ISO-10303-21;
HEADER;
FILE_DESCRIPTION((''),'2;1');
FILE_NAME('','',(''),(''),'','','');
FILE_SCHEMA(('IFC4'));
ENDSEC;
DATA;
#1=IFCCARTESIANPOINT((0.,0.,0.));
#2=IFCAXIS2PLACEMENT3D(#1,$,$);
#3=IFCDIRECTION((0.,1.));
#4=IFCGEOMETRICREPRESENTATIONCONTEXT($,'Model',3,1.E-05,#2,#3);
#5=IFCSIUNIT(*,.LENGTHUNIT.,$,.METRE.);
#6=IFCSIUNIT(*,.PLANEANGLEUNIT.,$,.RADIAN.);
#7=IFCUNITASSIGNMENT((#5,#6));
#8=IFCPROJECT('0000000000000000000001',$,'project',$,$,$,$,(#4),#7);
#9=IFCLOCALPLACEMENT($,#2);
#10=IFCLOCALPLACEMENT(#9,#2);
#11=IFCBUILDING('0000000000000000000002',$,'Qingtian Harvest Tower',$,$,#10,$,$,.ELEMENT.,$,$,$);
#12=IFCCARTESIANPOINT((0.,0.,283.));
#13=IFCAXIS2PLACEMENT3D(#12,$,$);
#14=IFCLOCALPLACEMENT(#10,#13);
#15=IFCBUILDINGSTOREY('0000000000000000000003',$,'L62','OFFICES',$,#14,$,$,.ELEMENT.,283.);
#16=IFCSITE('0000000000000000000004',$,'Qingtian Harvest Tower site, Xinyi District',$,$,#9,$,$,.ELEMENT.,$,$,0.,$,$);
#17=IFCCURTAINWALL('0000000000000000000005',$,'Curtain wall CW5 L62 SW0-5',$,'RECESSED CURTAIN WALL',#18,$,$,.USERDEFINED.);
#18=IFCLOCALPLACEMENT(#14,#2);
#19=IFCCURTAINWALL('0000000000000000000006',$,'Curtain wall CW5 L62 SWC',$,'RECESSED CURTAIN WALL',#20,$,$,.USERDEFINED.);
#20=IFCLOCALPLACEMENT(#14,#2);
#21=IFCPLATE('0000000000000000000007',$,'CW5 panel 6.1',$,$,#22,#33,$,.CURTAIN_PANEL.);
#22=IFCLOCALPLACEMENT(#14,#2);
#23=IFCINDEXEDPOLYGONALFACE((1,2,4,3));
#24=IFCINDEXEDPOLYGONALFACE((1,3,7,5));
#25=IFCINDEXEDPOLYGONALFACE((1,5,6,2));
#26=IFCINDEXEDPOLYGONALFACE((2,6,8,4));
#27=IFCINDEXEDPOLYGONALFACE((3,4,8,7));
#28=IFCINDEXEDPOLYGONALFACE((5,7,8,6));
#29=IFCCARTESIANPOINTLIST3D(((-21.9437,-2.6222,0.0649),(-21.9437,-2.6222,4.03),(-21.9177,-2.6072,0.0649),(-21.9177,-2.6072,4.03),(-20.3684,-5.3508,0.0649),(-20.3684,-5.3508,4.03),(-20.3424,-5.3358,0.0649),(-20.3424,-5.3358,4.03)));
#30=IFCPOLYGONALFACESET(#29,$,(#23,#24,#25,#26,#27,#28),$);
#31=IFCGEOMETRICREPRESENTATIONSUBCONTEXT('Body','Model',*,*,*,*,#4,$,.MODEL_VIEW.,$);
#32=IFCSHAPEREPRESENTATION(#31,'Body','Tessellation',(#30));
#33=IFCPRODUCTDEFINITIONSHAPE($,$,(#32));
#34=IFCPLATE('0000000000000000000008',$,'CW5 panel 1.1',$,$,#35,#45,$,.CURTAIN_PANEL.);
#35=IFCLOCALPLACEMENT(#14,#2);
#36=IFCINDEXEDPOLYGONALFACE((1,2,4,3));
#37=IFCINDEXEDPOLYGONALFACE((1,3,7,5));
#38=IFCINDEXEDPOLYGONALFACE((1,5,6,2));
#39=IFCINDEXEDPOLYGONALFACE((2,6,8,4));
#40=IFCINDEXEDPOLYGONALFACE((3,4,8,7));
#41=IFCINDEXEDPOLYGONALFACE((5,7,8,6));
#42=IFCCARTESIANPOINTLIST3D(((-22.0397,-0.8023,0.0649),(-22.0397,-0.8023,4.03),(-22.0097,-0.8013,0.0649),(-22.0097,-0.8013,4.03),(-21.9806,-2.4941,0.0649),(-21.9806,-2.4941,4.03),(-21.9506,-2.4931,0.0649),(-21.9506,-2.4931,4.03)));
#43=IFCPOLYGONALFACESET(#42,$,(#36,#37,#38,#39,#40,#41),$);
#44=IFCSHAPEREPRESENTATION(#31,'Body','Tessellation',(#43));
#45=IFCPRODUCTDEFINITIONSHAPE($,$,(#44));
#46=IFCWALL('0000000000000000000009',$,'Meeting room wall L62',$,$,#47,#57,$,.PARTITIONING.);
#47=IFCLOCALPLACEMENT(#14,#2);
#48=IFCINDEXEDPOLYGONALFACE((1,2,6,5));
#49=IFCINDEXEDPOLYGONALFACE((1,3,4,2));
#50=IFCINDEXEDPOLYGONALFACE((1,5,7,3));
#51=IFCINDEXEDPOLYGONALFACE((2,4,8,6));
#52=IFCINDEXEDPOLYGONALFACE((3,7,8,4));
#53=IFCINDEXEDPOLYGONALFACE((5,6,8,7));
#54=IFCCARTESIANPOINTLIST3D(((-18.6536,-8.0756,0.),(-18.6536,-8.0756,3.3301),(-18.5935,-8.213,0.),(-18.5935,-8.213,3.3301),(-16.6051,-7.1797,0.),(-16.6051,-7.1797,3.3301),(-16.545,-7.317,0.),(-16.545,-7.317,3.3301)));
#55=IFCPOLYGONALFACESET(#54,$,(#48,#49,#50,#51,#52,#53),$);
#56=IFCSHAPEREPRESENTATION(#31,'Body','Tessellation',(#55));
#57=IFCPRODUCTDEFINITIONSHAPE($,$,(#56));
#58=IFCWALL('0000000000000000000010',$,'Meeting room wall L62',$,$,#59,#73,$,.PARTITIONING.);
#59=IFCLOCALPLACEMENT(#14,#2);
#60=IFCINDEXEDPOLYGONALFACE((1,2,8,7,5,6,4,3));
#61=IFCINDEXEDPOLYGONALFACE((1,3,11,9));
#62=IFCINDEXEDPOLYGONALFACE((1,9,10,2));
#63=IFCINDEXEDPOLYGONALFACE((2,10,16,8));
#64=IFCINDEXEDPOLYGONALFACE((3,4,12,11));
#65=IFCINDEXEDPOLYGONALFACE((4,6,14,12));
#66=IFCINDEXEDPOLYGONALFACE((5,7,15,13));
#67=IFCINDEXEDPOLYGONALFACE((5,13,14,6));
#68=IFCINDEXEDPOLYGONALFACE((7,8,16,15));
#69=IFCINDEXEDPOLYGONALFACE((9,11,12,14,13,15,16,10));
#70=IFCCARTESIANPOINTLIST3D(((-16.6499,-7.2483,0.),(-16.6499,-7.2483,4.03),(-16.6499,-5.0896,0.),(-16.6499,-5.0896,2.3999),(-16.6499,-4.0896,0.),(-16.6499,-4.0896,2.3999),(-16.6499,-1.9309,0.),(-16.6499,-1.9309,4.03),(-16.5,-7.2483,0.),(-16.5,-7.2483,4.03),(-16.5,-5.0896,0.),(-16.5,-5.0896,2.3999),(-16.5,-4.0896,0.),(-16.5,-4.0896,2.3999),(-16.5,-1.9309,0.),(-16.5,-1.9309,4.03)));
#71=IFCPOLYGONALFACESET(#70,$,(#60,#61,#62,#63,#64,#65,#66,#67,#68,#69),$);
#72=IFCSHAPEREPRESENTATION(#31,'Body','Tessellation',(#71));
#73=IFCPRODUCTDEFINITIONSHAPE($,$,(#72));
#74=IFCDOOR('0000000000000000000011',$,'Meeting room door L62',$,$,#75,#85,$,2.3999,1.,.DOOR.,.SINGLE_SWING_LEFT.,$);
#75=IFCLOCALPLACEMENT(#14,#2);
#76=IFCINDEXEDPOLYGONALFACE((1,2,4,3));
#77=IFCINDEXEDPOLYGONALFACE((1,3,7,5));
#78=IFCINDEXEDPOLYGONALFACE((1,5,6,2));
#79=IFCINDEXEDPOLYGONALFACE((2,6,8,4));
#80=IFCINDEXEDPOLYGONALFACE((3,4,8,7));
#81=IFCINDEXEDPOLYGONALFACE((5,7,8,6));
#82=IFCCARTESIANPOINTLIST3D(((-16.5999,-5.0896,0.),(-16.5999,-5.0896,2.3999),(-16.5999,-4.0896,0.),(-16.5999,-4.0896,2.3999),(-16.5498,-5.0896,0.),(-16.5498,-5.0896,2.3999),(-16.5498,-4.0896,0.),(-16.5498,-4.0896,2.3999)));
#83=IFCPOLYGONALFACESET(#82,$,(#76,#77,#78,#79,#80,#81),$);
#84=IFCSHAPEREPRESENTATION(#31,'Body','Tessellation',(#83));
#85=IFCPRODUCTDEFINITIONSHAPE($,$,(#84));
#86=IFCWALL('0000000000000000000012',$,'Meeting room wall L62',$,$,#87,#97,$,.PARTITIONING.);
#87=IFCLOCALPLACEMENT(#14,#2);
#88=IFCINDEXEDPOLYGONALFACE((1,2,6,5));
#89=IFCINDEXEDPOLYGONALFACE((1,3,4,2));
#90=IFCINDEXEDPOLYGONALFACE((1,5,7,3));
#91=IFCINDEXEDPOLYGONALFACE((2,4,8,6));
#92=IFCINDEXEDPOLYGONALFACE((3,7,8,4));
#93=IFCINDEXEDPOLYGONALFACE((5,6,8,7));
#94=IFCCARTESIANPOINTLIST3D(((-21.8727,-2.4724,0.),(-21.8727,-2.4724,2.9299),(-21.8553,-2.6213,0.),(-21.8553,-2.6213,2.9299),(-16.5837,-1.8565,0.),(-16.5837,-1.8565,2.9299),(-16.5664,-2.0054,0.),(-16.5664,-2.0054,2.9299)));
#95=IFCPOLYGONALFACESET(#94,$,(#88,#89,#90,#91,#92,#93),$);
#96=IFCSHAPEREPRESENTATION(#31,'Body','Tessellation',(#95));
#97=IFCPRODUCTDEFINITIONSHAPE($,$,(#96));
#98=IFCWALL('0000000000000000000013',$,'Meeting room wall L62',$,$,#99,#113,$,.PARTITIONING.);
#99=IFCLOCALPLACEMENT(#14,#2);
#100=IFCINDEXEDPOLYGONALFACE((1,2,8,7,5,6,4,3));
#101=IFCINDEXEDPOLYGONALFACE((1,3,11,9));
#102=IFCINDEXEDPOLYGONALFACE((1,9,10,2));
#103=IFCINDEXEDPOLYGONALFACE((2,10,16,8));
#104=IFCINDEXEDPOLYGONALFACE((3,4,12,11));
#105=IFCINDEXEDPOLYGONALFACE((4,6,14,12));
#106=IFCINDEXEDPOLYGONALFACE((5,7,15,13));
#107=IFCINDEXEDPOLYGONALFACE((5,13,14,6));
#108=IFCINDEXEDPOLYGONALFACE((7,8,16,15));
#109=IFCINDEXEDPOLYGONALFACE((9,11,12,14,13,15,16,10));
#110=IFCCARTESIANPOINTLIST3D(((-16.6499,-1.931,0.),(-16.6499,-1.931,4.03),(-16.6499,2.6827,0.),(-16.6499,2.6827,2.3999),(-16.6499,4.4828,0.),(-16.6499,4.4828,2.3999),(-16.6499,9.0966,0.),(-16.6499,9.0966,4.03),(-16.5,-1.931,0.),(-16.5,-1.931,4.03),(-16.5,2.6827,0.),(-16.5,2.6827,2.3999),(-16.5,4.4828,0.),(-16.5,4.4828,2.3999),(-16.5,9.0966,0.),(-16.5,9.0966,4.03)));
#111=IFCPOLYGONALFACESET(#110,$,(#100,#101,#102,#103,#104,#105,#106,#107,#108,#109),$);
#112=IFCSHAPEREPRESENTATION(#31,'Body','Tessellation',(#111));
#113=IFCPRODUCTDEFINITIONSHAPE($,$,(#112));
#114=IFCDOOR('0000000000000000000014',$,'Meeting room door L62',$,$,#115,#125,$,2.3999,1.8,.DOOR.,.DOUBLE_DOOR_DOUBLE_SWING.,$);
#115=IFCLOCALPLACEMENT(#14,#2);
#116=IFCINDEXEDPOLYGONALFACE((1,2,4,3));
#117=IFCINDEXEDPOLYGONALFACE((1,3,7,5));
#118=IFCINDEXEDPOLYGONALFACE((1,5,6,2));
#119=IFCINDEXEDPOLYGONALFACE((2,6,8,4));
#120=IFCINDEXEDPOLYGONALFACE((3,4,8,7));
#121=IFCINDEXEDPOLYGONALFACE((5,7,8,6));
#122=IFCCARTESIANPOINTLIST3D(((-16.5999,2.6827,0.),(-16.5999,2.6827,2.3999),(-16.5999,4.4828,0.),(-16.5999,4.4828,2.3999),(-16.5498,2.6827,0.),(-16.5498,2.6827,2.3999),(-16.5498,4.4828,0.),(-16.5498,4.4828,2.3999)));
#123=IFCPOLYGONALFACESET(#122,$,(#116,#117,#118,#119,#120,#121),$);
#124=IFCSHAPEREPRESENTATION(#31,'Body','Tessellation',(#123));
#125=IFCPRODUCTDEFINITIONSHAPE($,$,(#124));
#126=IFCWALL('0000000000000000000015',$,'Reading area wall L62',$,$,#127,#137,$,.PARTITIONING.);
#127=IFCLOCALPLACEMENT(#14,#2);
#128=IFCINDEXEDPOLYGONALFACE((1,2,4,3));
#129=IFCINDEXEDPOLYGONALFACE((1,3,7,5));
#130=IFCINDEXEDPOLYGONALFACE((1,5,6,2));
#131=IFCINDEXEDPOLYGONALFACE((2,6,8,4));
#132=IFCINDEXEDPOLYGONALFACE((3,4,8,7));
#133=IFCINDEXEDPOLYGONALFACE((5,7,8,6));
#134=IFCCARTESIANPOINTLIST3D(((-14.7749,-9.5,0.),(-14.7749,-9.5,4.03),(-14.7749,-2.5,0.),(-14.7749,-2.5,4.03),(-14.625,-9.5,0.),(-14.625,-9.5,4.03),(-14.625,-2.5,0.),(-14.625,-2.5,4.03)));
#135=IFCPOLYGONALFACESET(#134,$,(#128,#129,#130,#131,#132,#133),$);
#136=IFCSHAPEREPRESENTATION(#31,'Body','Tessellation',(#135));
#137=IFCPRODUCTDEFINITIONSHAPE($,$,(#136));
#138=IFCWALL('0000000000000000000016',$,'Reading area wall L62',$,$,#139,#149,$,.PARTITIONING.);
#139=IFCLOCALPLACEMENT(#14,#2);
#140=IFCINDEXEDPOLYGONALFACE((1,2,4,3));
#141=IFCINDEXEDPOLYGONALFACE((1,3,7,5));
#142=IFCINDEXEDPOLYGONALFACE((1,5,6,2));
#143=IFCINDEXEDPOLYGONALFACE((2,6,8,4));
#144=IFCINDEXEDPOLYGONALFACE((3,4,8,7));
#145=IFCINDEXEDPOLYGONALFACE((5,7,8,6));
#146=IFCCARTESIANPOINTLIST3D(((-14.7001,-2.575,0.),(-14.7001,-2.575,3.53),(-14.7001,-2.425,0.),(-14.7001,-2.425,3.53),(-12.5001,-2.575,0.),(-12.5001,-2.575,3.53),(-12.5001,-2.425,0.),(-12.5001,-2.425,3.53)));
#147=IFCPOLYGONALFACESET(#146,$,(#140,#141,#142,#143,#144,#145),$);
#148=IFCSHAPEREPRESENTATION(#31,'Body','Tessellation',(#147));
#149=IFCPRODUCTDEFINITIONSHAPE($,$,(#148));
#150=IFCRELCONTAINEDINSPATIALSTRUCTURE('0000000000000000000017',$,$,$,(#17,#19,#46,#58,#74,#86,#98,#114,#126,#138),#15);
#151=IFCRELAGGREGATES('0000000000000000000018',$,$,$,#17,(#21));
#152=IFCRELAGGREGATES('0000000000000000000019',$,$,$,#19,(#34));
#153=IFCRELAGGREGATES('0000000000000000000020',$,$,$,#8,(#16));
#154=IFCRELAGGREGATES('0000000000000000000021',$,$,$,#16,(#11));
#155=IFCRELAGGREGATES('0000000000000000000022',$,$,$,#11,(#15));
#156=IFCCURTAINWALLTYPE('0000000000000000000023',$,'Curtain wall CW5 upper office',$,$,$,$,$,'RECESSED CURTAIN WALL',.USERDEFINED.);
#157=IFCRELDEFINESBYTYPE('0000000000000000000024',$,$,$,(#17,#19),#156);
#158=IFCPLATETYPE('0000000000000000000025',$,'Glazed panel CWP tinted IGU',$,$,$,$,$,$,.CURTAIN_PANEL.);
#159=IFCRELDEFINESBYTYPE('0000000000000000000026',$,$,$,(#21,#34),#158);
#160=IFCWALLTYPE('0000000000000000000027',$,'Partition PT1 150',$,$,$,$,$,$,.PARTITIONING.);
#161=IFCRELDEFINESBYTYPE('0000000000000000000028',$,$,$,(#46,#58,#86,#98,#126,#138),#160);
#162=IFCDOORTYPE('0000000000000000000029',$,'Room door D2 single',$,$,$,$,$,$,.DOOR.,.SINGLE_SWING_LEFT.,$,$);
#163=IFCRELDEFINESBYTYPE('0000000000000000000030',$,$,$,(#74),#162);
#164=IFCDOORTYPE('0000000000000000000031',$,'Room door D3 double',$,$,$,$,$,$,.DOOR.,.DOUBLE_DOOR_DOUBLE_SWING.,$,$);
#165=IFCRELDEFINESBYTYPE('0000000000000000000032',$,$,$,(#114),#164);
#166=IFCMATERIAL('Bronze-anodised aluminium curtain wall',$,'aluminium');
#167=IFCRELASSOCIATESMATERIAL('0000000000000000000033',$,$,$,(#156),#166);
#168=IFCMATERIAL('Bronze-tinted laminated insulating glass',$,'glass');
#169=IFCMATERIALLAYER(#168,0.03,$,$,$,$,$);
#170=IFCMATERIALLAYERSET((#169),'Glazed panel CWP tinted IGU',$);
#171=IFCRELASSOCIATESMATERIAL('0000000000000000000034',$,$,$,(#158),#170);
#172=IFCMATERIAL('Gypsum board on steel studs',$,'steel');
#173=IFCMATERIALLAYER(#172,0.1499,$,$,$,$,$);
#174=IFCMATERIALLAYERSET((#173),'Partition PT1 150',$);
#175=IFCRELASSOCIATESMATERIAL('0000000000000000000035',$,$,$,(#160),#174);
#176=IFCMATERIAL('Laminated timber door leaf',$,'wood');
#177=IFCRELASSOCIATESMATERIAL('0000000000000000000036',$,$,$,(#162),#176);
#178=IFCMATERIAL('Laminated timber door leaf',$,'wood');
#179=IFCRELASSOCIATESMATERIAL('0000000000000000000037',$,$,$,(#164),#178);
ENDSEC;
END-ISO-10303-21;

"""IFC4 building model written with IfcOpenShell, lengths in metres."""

from ifc_helpers import new_model, si_unit, direction, frame, frame_2d, origin, origin_2d, place, context, subcontext, project, spatial, rectangle, extrude, material, layer, layer_set, type_object, element, fill, aggregate, save


model = new_model("IFC4")

# Units and contexts
model_context = context("Model", 3, precision=1e-05, world=origin(), true_north=direction((0.0, 1.0)))
body_context = subcontext(model_context, "Body", "Model", "MODEL_VIEW")
ifc_project = project(units=[si_unit("LENGTHUNIT", "METRE"), si_unit("PLANEANGLEUNIT", "RADIAN")], contexts=[model_context])

# Site, building, storey
site_placement = place(None, origin())
site = spatial("IfcSite", under=ifc_project, at=site_placement, Name="Qingtian Harvest Tower site, Xinyi District", CompositionType="ELEMENT", RefElevation=0.0)
building_placement = place(site_placement, origin())
building = spatial("IfcBuilding", under=site, at=building_placement, Name="Qingtian Harvest Tower", CompositionType="ELEMENT")
storey_placement = place(building_placement, frame((0.0, 0.0, 283.0)))
storey = spatial("IfcBuildingStorey", under=building, at=storey_placement, Name="L62", Description="OFFICES", CompositionType="ELEMENT", Elevation=283.0)

# Curtain walls
ifc_material_1 = material(Name="Bronze-anodised aluminium curtain wall", Category="aluminium")
curtain_wall_type = type_object("IfcCurtainWallType", Name="Curtain wall CW5 upper office", ElementType="RECESSED CURTAIN WALL", PredefinedType="USERDEFINED", material=ifc_material_1)
curtain_wall_1_placement = place(storey_placement, origin())
curtain_wall_1 = element("IfcCurtainWall", 1, at=curtain_wall_1_placement, inside=storey, type_object=curtain_wall_type, Name="Curtain wall CW5 L62 SW0-5", ObjectType="RECESSED CURTAIN WALL", PredefinedType="USERDEFINED")
curtain_wall_2_placement = place(storey_placement, origin())
curtain_wall_2 = element("IfcCurtainWall", 2, at=curtain_wall_2_placement, inside=storey, type_object=curtain_wall_type, Name="Curtain wall CW5 L62 SWC", ObjectType="RECESSED CURTAIN WALL", PredefinedType="USERDEFINED")

# Plates
ifc_material_2 = material(Name="Bronze-tinted laminated insulating glass", Category="glass")
ifc_layer_1 = layer(ifc_material_2, 0.03)
ifc_layer_set_1 = layer_set([ifc_layer_1], Name="Glazed panel CWP tinted IGU")
plate_type = type_object("IfcPlateType", Name="Glazed panel CWP tinted IGU", PredefinedType="CURTAIN_PANEL", material=ifc_layer_set_1)
plate_1_placement = place(storey_placement, frame((-21.1431, -3.979, 0.0649), z_axis=(0.0, 0.0, 1.0), x_axis=(-0.5, 0.866025, 0.0)))
plate_1 = element("IfcPlate", 3, at=plate_1_placement, type_object=plate_type, Name="CW5 panel 6.1", PredefinedType="CURTAIN_PANEL", context=body_context, shape_type="SweptSolid", body=[
    extrude(rectangle(XDim=3.1506, YDim=0.03, at=origin_2d()), origin(), (0.0, 0.0, 1.0), 3.9651),
])
aggregate(curtain_wall_1, [plate_1])
plate_2_placement = place(storey_placement, frame((-21.9951, -1.6477, 0.0649), z_axis=(0.0, 0.0, 1.0), x_axis=(-0.034899, 0.999391, 0.0)))
plate_2 = element("IfcPlate", 4, at=plate_2_placement, type_object=plate_type, Name="CW5 panel 1.1", PredefinedType="CURTAIN_PANEL", context=body_context, shape_type="SweptSolid", body=[
    extrude(rectangle(XDim=1.6929, YDim=0.03, at=origin_2d()), origin(), (0.0, 0.0, 1.0), 3.9651),
])
aggregate(curtain_wall_2, [plate_2])

# Wall
ifc_material_3 = material(Name="Gypsum board on steel studs", Category="steel")
ifc_layer_2 = layer(ifc_material_3, 0.1499)
ifc_layer_set_2 = layer_set([ifc_layer_2], Name="Partition PT1 150")
wall_type = type_object("IfcWallType", Name="Partition PT1 150", PredefinedType="PARTITIONING", material=ifc_layer_set_2)
wall_1_placement = place(storey_placement, frame((-18.6235, -8.1443, 0.0), z_axis=(0.0, 0.0, 1.0), x_axis=(0.9162, 0.400721, 0.0)))
element("IfcWall", 5, at=wall_1_placement, inside=storey, type_object=wall_type, Name="Meeting room wall L62", PredefinedType="PARTITIONING", context=body_context, shape_type="SweptSolid", body=[
    extrude(rectangle(XDim=2.2358, YDim=0.1499, at=frame_2d((1.1179, 0.0))), origin(), (0.0, 0.0, 1.0), 3.3301),
])

# Wall, opening, door
wall_2_placement = place(storey_placement, frame((-16.575, -7.2483, 0.0), z_axis=(0.0, 0.0, 1.0), x_axis=(0.0, 1.0, 0.0)))
wall_2 = element("IfcWall", 6, at=wall_2_placement, inside=storey, type_object=wall_type, Name="Meeting room wall L62", PredefinedType="PARTITIONING", context=body_context, shape_type="SweptSolid", body=[
    extrude(rectangle(XDim=5.3174, YDim=0.1499, at=frame_2d((2.6587, 0.0))), origin(), (0.0, 0.0, 1.0), 4.03),
])
opening_1_placement = place(wall_2_placement, frame((2.1587, 0.0, 0.0)))
opening_1 = element("IfcOpeningElement", 7, at=opening_1_placement, cuts=wall_2, PredefinedType="OPENING", context=body_context, shape_type="SweptSolid", body=[
    extrude(rectangle(XDim=1.0, YDim=2.3999, at=frame_2d((0.5, 1.2))), frame((0.0, 0.085, 0.0), z_axis=(0.0, -1.0, 0.0), x_axis=(1.0, 0.0, 0.0)), (0.0, 0.0, 1.0), 0.1699),
])
ifc_material_4 = material(Name="Laminated timber door leaf", Category="wood")
door_type_1 = type_object("IfcDoorType", Name="Room door D2 single", OperationType="SINGLE_SWING_LEFT", PredefinedType="DOOR", material=ifc_material_4)
door_1_placement = place(opening_1_placement, origin())
door_1 = element("IfcDoor", 8, at=door_1_placement, inside=storey, type_object=door_type_1, Name="Meeting room door L62", OperationType="SINGLE_SWING_LEFT", OverallHeight=2.3999, OverallWidth=1.0, PredefinedType="DOOR", context=body_context, shape_type="SweptSolid", body=[
    extrude(rectangle(XDim=1.0, YDim=2.3999, at=frame_2d((0.5, 1.2))), frame((0.0, 0.0249, 0.0), z_axis=(0.0, -1.0, 0.0), x_axis=(1.0, 0.0, 0.0)), (0.0, 0.0, 1.0), 0.05),
])
fill(opening_1, door_1)

# Wall
wall_3_placement = place(storey_placement, frame((-21.864, -2.5469, 0.0), z_axis=(0.0, 0.0, 1.0), x_axis=(0.993287, 0.115679, 0.0)))
element("IfcWall", 9, at=wall_3_placement, inside=storey, type_object=wall_type, Name="Meeting room wall L62", PredefinedType="PARTITIONING", context=body_context, shape_type="SweptSolid", body=[
    extrude(rectangle(XDim=5.3247, YDim=0.1499, at=frame_2d((2.6624, 0.0))), origin(), (0.0, 0.0, 1.0), 2.9299),
])

# Wall, opening, door
wall_4_placement = place(storey_placement, frame((-16.575, -1.9309, 0.0), z_axis=(0.0, 0.0, 1.0), x_axis=(0.0, 1.0, 0.0)))
wall_4 = element("IfcWall", 10, at=wall_4_placement, inside=storey, type_object=wall_type, Name="Meeting room wall L62", PredefinedType="PARTITIONING", context=body_context, shape_type="SweptSolid", body=[
    extrude(rectangle(XDim=11.0276, YDim=0.1499, at=frame_2d((5.5137, 0.0))), origin(), (0.0, 0.0, 1.0), 4.03),
])
opening_2_placement = place(wall_4_placement, frame((4.6138, 0.0, 0.0)))
opening_2 = element("IfcOpeningElement", 11, at=opening_2_placement, cuts=wall_4, PredefinedType="OPENING", context=body_context, shape_type="SweptSolid", body=[
    extrude(rectangle(XDim=1.8, YDim=2.3999, at=frame_2d((0.8999, 1.2))), frame((0.0, 0.085, 0.0), z_axis=(0.0, -1.0, 0.0), x_axis=(1.0, 0.0, 0.0)), (0.0, 0.0, 1.0), 0.1699),
])
ifc_material_5 = material(Name="Laminated timber door leaf", Category="wood")
door_type_2 = type_object("IfcDoorType", Name="Room door D3 double", OperationType="DOUBLE_DOOR_DOUBLE_SWING", PredefinedType="DOOR", material=ifc_material_5)
door_2_placement = place(opening_2_placement, origin())
door_2 = element("IfcDoor", 12, at=door_2_placement, inside=storey, type_object=door_type_2, Name="Meeting room door L62", OperationType="DOUBLE_DOOR_DOUBLE_SWING", OverallHeight=2.3999, OverallWidth=1.8, PredefinedType="DOOR", context=body_context, shape_type="SweptSolid", body=[
    extrude(rectangle(XDim=1.8, YDim=2.3999, at=frame_2d((0.8999, 1.2))), frame((0.0, 0.0249, 0.0), z_axis=(0.0, -1.0, 0.0), x_axis=(1.0, 0.0, 0.0)), (0.0, 0.0, 1.0), 0.05),
])
fill(opening_2, door_2)

# Walls
wall_5_placement = place(storey_placement, frame((-14.7, -9.5, 0.0), z_axis=(0.0, 0.0, 1.0), x_axis=(0.0, 1.0, 0.0)))
element("IfcWall", 13, at=wall_5_placement, inside=storey, type_object=wall_type, Name="Reading area wall L62", PredefinedType="PARTITIONING", context=body_context, shape_type="SweptSolid", body=[
    extrude(rectangle(XDim=7.0, YDim=0.1499, at=frame_2d((3.5, 0.0))), origin(), (0.0, 0.0, 1.0), 4.03),
])
wall_6_placement = place(storey_placement, frame((-12.5, -2.5, 0.0), z_axis=(0.0, 0.0, 1.0), x_axis=(-1.0, 0.0, 0.0)))
element("IfcWall", 14, at=wall_6_placement, inside=storey, type_object=wall_type, Name="Reading area wall L62", PredefinedType="PARTITIONING", context=body_context, shape_type="SweptSolid", body=[
    extrude(rectangle(XDim=2.2, YDim=0.1499, at=frame_2d((1.1001, 0.0))), origin(), (0.0, 0.0, 1.0), 3.53),
])

save(model, "model.ifc")
